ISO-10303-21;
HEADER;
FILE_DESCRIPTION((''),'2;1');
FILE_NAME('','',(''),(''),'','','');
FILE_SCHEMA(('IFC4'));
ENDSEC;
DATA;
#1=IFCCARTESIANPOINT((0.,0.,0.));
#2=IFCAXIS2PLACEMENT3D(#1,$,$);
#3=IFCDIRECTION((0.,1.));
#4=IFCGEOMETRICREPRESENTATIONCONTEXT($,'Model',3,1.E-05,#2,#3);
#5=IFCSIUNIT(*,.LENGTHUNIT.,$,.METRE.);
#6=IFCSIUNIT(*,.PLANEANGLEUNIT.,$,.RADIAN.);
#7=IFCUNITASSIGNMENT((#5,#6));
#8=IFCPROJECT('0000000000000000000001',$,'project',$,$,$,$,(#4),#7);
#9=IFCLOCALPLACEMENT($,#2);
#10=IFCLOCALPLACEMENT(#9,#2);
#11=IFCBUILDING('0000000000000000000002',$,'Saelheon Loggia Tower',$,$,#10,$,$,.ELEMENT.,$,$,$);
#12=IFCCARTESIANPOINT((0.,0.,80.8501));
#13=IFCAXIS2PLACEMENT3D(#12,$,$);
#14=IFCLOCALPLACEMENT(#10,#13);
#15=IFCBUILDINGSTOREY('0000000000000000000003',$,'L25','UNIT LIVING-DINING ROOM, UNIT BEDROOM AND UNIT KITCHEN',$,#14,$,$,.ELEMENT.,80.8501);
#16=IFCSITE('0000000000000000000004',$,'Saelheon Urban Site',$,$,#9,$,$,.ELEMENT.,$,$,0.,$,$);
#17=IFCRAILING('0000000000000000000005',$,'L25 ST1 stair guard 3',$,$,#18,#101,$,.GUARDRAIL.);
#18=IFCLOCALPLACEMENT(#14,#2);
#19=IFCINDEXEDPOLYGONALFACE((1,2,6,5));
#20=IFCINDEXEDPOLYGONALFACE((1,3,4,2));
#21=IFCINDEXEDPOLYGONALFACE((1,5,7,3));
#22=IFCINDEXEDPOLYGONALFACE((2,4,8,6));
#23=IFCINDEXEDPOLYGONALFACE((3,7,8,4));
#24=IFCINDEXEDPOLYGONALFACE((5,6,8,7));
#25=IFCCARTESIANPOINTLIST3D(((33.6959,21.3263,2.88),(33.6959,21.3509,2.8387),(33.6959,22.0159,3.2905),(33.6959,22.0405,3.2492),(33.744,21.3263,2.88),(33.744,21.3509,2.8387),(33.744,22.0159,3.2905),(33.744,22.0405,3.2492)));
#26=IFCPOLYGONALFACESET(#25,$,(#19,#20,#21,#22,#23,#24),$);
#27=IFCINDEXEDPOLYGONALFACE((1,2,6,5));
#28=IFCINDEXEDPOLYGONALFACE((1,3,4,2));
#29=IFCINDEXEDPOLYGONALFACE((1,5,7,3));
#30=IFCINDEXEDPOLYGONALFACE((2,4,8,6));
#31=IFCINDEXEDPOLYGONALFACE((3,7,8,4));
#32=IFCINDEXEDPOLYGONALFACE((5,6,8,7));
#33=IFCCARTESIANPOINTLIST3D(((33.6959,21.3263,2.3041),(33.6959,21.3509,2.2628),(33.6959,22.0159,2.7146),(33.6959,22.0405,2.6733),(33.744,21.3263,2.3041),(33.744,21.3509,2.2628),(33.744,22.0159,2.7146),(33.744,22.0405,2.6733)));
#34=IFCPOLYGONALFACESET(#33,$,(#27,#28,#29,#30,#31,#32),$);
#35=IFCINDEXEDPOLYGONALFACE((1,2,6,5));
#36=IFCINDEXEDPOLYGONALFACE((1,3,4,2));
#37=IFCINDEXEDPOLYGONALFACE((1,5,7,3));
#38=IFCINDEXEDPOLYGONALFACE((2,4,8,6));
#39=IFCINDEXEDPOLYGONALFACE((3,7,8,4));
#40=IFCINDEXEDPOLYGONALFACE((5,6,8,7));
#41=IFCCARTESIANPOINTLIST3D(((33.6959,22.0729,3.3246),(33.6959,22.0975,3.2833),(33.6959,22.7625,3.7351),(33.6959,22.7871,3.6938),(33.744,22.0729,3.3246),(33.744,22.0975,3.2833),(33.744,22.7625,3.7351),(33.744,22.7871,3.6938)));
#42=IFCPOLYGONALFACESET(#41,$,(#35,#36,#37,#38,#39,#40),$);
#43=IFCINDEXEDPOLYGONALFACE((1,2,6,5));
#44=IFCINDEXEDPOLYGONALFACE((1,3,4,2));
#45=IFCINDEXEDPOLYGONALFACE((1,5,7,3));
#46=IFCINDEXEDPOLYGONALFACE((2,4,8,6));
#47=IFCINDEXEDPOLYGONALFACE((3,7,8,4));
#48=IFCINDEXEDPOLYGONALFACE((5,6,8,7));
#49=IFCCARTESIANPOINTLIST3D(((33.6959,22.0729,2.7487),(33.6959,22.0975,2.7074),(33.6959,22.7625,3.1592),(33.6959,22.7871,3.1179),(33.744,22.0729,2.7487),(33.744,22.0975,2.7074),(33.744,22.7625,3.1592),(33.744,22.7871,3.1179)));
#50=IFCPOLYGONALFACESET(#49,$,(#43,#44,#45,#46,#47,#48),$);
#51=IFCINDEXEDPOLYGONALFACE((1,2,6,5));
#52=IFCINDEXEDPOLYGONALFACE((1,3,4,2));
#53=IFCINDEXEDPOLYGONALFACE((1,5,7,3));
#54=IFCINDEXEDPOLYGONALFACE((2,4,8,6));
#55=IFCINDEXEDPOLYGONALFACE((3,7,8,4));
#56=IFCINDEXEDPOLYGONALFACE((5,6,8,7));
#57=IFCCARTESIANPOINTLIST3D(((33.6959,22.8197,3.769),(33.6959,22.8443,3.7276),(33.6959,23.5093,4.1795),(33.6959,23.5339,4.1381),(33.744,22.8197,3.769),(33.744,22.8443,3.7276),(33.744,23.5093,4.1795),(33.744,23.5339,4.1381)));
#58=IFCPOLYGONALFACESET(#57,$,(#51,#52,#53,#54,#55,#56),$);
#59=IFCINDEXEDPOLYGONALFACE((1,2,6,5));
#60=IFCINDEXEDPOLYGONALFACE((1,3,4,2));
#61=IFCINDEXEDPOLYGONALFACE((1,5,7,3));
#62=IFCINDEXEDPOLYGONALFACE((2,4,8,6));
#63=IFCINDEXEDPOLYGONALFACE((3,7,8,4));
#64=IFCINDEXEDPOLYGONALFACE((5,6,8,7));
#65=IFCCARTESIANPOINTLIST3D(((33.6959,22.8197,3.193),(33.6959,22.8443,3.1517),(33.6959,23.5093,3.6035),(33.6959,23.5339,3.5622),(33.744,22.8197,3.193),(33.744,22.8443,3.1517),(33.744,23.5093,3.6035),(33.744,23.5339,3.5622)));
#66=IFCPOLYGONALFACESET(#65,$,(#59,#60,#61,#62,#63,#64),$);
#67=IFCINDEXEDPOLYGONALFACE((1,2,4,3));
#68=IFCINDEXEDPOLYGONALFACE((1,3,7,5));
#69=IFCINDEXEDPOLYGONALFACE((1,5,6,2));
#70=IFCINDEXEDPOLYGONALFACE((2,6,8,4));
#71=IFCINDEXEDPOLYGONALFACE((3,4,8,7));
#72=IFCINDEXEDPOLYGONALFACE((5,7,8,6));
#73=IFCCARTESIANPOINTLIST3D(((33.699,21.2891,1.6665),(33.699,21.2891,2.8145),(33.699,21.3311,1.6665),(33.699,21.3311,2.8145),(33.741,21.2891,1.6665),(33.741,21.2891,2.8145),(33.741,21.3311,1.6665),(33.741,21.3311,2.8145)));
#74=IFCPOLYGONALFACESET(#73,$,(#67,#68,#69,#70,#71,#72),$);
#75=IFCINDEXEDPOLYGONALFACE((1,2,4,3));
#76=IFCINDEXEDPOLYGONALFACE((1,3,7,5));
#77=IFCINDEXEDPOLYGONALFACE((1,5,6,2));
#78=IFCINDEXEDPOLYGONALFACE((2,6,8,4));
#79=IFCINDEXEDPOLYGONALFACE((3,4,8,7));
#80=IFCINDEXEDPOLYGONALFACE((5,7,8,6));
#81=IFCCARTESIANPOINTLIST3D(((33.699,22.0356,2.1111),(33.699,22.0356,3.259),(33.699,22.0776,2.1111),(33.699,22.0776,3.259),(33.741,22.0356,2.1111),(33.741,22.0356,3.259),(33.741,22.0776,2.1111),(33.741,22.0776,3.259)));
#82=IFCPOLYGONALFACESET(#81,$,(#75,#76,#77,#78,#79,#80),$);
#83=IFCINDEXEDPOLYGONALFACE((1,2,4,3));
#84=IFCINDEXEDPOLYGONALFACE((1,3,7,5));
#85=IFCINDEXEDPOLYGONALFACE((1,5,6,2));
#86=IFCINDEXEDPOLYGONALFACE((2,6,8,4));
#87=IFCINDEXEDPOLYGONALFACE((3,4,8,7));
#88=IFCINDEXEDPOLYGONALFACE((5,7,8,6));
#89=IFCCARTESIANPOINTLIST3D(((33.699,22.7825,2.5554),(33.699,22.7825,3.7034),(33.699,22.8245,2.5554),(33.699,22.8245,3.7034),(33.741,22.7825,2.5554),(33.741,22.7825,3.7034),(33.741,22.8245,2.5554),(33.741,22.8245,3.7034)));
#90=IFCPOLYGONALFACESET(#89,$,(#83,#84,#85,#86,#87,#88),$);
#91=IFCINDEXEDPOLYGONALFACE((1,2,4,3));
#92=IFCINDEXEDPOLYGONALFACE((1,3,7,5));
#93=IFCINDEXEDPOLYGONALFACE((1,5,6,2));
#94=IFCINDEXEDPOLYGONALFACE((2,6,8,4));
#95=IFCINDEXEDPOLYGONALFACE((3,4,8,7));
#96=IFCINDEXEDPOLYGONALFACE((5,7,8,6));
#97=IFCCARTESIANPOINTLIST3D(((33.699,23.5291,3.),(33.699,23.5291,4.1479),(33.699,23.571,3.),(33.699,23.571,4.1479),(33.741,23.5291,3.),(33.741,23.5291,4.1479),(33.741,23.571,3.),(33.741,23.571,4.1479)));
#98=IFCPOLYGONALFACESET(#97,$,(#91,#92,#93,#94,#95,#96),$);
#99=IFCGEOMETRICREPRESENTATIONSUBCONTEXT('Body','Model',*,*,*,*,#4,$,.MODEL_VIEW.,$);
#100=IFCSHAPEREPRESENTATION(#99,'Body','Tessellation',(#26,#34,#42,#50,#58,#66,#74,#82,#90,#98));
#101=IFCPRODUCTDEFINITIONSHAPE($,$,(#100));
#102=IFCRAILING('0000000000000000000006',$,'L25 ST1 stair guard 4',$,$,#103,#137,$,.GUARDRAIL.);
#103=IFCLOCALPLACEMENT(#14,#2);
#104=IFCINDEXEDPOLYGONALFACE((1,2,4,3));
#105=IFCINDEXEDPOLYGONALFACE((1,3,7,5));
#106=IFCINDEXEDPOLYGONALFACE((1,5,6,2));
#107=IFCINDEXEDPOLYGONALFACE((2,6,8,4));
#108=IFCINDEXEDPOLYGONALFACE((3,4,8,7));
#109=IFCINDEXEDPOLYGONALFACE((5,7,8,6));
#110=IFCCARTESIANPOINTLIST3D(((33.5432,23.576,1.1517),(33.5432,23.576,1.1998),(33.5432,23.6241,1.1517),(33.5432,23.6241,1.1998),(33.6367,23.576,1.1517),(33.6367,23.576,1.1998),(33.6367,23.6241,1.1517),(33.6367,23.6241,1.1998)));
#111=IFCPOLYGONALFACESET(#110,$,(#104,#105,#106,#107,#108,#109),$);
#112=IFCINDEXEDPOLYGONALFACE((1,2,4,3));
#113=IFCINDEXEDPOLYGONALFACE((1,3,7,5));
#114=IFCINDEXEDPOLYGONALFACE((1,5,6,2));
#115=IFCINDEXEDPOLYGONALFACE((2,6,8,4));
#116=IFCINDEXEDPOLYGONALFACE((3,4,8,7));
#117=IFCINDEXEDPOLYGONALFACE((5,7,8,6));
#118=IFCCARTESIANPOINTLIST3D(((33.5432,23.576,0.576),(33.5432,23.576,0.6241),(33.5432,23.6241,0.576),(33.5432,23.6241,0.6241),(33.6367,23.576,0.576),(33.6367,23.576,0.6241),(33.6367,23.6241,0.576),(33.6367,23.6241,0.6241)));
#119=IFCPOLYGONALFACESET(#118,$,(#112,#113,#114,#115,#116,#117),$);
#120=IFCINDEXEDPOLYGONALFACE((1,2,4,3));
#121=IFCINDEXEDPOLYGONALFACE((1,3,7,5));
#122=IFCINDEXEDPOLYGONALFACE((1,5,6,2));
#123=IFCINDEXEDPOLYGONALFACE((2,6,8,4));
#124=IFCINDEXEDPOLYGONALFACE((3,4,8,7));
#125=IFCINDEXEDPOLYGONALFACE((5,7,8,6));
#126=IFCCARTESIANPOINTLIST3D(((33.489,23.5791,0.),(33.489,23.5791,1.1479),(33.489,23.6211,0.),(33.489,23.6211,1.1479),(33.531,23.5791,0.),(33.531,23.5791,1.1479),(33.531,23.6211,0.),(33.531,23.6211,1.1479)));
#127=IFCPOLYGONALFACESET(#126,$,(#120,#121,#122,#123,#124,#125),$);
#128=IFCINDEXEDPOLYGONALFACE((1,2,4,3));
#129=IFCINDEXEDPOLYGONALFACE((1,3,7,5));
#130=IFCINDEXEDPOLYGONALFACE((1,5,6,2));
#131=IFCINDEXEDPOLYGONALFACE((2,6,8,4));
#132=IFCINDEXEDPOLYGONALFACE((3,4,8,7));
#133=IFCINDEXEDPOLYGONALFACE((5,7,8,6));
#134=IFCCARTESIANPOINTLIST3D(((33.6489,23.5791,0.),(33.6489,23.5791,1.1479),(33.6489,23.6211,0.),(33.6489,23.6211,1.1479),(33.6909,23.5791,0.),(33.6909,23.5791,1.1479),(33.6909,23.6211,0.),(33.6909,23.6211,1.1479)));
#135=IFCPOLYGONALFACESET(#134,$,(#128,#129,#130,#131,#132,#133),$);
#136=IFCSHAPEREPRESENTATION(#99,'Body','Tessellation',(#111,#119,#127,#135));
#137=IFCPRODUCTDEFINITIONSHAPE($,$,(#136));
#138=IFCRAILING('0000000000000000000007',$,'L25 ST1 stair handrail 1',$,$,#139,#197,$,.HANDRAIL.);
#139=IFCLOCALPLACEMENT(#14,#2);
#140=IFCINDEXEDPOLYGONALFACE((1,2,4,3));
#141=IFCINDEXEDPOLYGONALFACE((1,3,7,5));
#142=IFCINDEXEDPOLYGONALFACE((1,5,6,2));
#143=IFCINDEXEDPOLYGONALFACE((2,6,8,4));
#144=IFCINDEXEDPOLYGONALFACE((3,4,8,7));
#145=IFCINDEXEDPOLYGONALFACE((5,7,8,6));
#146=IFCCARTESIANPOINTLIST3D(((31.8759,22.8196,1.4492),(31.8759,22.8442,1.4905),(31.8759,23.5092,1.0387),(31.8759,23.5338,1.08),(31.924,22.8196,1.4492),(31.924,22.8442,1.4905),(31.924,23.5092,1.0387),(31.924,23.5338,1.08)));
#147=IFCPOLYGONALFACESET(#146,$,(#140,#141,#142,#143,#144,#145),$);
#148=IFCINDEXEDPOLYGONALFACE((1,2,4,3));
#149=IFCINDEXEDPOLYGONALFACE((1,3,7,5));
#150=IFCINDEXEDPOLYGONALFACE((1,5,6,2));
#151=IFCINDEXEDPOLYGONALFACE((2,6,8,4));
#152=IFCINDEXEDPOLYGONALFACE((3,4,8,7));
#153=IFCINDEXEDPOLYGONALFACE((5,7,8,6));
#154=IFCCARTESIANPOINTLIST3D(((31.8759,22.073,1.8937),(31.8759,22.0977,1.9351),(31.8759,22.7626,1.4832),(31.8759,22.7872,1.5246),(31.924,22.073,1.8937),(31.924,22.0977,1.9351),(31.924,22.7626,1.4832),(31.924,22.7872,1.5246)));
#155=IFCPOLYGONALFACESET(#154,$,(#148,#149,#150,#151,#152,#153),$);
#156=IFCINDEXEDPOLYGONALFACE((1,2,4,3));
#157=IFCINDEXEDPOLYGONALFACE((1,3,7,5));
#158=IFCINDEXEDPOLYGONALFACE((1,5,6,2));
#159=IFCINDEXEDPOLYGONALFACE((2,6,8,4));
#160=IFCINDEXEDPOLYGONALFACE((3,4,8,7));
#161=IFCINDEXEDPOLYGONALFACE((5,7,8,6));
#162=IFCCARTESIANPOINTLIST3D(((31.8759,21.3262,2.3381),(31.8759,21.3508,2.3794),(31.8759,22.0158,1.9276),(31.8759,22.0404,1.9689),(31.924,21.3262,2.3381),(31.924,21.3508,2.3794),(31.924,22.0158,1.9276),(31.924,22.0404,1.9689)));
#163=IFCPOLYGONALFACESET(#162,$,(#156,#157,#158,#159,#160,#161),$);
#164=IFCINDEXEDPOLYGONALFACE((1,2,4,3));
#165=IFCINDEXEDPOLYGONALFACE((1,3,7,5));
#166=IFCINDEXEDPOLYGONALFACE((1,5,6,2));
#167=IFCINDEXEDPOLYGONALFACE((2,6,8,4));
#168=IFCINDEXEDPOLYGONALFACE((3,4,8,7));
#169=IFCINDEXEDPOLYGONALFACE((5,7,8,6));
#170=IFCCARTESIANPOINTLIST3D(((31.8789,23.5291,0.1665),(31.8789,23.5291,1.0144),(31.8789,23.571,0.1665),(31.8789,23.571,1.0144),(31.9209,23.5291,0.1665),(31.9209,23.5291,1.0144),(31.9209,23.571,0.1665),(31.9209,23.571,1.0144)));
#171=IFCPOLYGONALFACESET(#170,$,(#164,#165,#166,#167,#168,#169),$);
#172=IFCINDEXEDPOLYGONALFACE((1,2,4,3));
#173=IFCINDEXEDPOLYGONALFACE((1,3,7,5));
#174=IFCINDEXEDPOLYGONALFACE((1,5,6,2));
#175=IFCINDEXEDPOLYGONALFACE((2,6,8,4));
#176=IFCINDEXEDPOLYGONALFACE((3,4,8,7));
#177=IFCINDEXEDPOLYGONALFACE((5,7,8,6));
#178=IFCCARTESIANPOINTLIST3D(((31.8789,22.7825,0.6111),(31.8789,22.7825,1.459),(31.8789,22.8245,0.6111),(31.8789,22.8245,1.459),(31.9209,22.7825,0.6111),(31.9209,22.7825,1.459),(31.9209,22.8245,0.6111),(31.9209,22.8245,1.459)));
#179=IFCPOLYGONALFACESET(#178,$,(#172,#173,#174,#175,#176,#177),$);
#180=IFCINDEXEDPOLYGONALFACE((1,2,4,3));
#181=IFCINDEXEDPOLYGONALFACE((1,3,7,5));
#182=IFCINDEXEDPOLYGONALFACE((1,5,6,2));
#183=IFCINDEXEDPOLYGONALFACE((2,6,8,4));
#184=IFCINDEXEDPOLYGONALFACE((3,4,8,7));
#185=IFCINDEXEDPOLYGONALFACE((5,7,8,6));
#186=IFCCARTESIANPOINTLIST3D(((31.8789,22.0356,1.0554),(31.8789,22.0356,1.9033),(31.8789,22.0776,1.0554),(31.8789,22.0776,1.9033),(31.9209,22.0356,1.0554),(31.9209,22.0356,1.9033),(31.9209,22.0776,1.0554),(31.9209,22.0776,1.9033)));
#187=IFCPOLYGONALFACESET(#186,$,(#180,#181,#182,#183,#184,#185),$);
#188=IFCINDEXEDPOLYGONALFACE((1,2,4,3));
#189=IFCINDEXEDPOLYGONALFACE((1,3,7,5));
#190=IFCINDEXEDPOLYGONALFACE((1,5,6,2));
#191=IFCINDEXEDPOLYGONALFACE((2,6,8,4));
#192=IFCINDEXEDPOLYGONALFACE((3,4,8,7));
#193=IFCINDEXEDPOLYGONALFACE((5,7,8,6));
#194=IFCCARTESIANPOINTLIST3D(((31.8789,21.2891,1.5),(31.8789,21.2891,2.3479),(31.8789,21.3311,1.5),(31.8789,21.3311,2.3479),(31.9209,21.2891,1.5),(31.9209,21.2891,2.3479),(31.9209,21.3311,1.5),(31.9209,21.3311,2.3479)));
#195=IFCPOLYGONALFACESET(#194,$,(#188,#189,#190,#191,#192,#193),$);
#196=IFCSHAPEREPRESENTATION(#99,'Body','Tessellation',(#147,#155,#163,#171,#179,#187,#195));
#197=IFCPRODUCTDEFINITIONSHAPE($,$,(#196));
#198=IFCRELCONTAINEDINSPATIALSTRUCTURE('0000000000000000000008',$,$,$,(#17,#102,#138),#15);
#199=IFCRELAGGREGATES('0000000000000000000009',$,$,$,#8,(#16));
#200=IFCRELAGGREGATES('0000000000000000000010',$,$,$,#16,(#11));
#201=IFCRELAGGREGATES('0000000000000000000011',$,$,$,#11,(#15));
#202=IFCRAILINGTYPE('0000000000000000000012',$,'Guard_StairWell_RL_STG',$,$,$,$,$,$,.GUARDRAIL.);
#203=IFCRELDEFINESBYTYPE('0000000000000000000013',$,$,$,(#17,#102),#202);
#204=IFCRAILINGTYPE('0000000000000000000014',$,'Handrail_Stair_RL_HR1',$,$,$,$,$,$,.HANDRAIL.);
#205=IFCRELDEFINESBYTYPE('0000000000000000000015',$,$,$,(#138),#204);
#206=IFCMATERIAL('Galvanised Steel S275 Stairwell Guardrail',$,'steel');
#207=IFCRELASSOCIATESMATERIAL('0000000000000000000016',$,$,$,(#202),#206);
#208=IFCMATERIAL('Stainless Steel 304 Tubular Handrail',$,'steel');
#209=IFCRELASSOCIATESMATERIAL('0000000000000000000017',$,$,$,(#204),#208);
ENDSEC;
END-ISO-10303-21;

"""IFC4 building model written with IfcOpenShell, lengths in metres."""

from ifc_helpers import new_model, si_unit, direction, frame, origin, origin_2d, place, context, subcontext, project, spatial, rectangle, extrude, material, type_object, element, save


model = new_model("IFC4")

# Units and contexts
model_context = context("Model", 3, precision=1e-05, world=origin(), true_north=direction((0.0, 1.0)))
body_context = subcontext(model_context, "Body", "Model", "MODEL_VIEW")
ifc_project = project(units=[si_unit("LENGTHUNIT", "METRE"), si_unit("PLANEANGLEUNIT", "RADIAN")], contexts=[model_context])

# Site, building, storey
site_placement = place(None, origin())
site = spatial("IfcSite", under=ifc_project, at=site_placement, Name="Saelheon Urban Site", CompositionType="ELEMENT", RefElevation=0.0)
building_placement = place(site_placement, origin())
building = spatial("IfcBuilding", under=site, at=building_placement, Name="Saelheon Loggia Tower", CompositionType="ELEMENT")
storey_placement = place(building_placement, frame((0.0, 0.0, 80.8501)))
storey = spatial("IfcBuildingStorey", under=building, at=storey_placement, Name="L25", Description="UNIT LIVING-DINING ROOM, UNIT BEDROOM AND UNIT KITCHEN", CompositionType="ELEMENT", Elevation=80.8501)

# Railings
ifc_material_1 = material(Name="Galvanised Steel S275 Stairwell Guardrail", Category="steel")
railing_type_1 = type_object("IfcRailingType", Name="Guard_StairWell_RL_STG", PredefinedType="GUARDRAIL", material=ifc_material_1)
railing_1_placement = place(storey_placement, frame((33.72, 21.3101, 1.6665)))
element("IfcRailing", 1, at=railing_1_placement, inside=storey, type_object=railing_type_1, Name="L25 ST1 stair guard 3", PredefinedType="GUARDRAIL", context=body_context, shape_type="SweptSolid", body=[
    extrude(rectangle(XDim=0.0481, YDim=0.0481, at=origin_2d()), frame((0.0, 0.0286, 1.1929), z_axis=(0.0, 0.859264, 0.511532), x_axis=(-1.0, 0.0, 0.0)), (0.0, 0.0, 1.0), 0.8025),
    extrude(rectangle(XDim=0.0481, YDim=0.0481, at=origin_2d()), frame((0.0, 0.0286, 0.6169), z_axis=(0.0, 0.859264, 0.511532), x_axis=(-1.0, 0.0, 0.0)), (0.0, 0.0, 1.0), 0.8025),
    extrude(rectangle(XDim=0.0481, YDim=0.0481, at=origin_2d()), frame((0.0, 0.7751, 1.6375), z_axis=(0.0, 0.859264, 0.511532), x_axis=(-1.0, 0.0, 0.0)), (0.0, 0.0, 1.0), 0.8025),
    extrude(rectangle(XDim=0.0481, YDim=0.0481, at=origin_2d()), frame((0.0, 0.7751, 1.0615), z_axis=(0.0, 0.859264, 0.511532), x_axis=(-1.0, 0.0, 0.0)), (0.0, 0.0, 1.0), 0.8025),
    extrude(rectangle(XDim=0.0481, YDim=0.0481, at=origin_2d()), frame((0.0, 1.522, 2.0818), z_axis=(0.0, 0.859264, 0.511532), x_axis=(-1.0, 0.0, 0.0)), (0.0, 0.0, 1.0), 0.8025),
    extrude(rectangle(XDim=0.0481, YDim=0.0481, at=origin_2d()), frame((0.0, 1.522, 1.5059), z_axis=(0.0, 0.859264, 0.511532), x_axis=(-1.0, 0.0, 0.0)), (0.0, 0.0, 1.0), 0.8025),
    extrude(rectangle(XDim=0.042, YDim=0.042, at=origin_2d()), origin(), (0.0, 0.0, 1.0), 1.1479),
    extrude(rectangle(XDim=0.042, YDim=0.042, at=origin_2d()), frame((0.0, 0.7466, 0.4446)), (0.0, 0.0, 1.0), 1.1479),
    extrude(rectangle(XDim=0.042, YDim=0.042, at=origin_2d()), frame((0.0, 1.4934, 0.8889)), (0.0, 0.0, 1.0), 1.1479),
    extrude(rectangle(XDim=0.042, YDim=0.042, at=origin_2d()), frame((0.0, 2.24, 1.3335)), (0.0, 0.0, 1.0), 1.1479),
])
railing_2_placement = place(storey_placement, frame((33.51, 23.6001, 0.0)))
element("IfcRailing", 2, at=railing_2_placement, inside=storey, type_object=railing_type_1, Name="L25 ST1 stair guard 4", PredefinedType="GUARDRAIL", context=body_context, shape_type="SweptSolid", body=[
    extrude(rectangle(XDim=0.0481, YDim=0.0481, at=origin_2d()), frame((0.0332, 0.0, 1.1758), z_axis=(1.0, 0.0, 0.0), x_axis=(0.0, 1.0, 0.0)), (0.0, 0.0, 1.0), 0.0935),
    extrude(rectangle(XDim=0.0481, YDim=0.0481, at=origin_2d()), frame((0.0332, 0.0, 0.6001), z_axis=(1.0, 0.0, 0.0), x_axis=(0.0, 1.0, 0.0)), (0.0, 0.0, 1.0), 0.0935),
    extrude(rectangle(XDim=0.042, YDim=0.042, at=origin_2d()), origin(), (0.0, 0.0, 1.0), 1.1479),
    extrude(rectangle(XDim=0.042, YDim=0.042, at=origin_2d()), frame((0.1599, 0.0, 0.0)), (0.0, 0.0, 1.0), 1.1479),
])
ifc_material_2 = material(Name="Stainless Steel 304 Tubular Handrail", Category="steel")
railing_type_2 = type_object("IfcRailingType", Name="Handrail_Stair_RL_HR1", PredefinedType="HANDRAIL", material=ifc_material_2)
railing_3_placement = place(storey_placement, frame((31.8999, 23.55, 0.1665)))
element("IfcRailing", 3, at=railing_3_placement, inside=storey, type_object=railing_type_2, Name="L25 ST1 stair handrail 1", PredefinedType="HANDRAIL", context=body_context, shape_type="SweptSolid", body=[
    extrude(rectangle(XDim=0.0481, YDim=0.0481, at=origin_2d()), frame((0.0, -0.0286, 0.8928), z_axis=(0.0, -0.859264, 0.511532), x_axis=(1.0, 0.0, 0.0)), (0.0, 0.0, 1.0), 0.8025),
    extrude(rectangle(XDim=0.0481, YDim=0.0481, at=origin_2d()), frame((0.0, -0.7751, 1.3374), z_axis=(0.0, -0.859264, 0.511532), x_axis=(1.0, 0.0, 0.0)), (0.0, 0.0, 1.0), 0.8025),
    extrude(rectangle(XDim=0.0481, YDim=0.0481, at=origin_2d()), frame((0.0, -1.522, 1.7817), z_axis=(0.0, -0.859264, 0.511532), x_axis=(1.0, 0.0, 0.0)), (0.0, 0.0, 1.0), 0.8025),
    extrude(rectangle(XDim=0.042, YDim=0.042, at=origin_2d()), origin(), (0.0, 0.0, 1.0), 0.8479),
    extrude(rectangle(XDim=0.042, YDim=0.042, at=origin_2d()), frame((0.0, -0.7466, 0.4446)), (0.0, 0.0, 1.0), 0.8479),
    extrude(rectangle(XDim=0.042, YDim=0.042, at=origin_2d()), frame((0.0, -1.4934, 0.8889)), (0.0, 0.0, 1.0), 0.8479),
    extrude(rectangle(XDim=0.042, YDim=0.042, at=origin_2d()), frame((0.0, -2.24, 1.3335)), (0.0, 0.0, 1.0), 0.8479),
])

save(model, "model.ifc")
